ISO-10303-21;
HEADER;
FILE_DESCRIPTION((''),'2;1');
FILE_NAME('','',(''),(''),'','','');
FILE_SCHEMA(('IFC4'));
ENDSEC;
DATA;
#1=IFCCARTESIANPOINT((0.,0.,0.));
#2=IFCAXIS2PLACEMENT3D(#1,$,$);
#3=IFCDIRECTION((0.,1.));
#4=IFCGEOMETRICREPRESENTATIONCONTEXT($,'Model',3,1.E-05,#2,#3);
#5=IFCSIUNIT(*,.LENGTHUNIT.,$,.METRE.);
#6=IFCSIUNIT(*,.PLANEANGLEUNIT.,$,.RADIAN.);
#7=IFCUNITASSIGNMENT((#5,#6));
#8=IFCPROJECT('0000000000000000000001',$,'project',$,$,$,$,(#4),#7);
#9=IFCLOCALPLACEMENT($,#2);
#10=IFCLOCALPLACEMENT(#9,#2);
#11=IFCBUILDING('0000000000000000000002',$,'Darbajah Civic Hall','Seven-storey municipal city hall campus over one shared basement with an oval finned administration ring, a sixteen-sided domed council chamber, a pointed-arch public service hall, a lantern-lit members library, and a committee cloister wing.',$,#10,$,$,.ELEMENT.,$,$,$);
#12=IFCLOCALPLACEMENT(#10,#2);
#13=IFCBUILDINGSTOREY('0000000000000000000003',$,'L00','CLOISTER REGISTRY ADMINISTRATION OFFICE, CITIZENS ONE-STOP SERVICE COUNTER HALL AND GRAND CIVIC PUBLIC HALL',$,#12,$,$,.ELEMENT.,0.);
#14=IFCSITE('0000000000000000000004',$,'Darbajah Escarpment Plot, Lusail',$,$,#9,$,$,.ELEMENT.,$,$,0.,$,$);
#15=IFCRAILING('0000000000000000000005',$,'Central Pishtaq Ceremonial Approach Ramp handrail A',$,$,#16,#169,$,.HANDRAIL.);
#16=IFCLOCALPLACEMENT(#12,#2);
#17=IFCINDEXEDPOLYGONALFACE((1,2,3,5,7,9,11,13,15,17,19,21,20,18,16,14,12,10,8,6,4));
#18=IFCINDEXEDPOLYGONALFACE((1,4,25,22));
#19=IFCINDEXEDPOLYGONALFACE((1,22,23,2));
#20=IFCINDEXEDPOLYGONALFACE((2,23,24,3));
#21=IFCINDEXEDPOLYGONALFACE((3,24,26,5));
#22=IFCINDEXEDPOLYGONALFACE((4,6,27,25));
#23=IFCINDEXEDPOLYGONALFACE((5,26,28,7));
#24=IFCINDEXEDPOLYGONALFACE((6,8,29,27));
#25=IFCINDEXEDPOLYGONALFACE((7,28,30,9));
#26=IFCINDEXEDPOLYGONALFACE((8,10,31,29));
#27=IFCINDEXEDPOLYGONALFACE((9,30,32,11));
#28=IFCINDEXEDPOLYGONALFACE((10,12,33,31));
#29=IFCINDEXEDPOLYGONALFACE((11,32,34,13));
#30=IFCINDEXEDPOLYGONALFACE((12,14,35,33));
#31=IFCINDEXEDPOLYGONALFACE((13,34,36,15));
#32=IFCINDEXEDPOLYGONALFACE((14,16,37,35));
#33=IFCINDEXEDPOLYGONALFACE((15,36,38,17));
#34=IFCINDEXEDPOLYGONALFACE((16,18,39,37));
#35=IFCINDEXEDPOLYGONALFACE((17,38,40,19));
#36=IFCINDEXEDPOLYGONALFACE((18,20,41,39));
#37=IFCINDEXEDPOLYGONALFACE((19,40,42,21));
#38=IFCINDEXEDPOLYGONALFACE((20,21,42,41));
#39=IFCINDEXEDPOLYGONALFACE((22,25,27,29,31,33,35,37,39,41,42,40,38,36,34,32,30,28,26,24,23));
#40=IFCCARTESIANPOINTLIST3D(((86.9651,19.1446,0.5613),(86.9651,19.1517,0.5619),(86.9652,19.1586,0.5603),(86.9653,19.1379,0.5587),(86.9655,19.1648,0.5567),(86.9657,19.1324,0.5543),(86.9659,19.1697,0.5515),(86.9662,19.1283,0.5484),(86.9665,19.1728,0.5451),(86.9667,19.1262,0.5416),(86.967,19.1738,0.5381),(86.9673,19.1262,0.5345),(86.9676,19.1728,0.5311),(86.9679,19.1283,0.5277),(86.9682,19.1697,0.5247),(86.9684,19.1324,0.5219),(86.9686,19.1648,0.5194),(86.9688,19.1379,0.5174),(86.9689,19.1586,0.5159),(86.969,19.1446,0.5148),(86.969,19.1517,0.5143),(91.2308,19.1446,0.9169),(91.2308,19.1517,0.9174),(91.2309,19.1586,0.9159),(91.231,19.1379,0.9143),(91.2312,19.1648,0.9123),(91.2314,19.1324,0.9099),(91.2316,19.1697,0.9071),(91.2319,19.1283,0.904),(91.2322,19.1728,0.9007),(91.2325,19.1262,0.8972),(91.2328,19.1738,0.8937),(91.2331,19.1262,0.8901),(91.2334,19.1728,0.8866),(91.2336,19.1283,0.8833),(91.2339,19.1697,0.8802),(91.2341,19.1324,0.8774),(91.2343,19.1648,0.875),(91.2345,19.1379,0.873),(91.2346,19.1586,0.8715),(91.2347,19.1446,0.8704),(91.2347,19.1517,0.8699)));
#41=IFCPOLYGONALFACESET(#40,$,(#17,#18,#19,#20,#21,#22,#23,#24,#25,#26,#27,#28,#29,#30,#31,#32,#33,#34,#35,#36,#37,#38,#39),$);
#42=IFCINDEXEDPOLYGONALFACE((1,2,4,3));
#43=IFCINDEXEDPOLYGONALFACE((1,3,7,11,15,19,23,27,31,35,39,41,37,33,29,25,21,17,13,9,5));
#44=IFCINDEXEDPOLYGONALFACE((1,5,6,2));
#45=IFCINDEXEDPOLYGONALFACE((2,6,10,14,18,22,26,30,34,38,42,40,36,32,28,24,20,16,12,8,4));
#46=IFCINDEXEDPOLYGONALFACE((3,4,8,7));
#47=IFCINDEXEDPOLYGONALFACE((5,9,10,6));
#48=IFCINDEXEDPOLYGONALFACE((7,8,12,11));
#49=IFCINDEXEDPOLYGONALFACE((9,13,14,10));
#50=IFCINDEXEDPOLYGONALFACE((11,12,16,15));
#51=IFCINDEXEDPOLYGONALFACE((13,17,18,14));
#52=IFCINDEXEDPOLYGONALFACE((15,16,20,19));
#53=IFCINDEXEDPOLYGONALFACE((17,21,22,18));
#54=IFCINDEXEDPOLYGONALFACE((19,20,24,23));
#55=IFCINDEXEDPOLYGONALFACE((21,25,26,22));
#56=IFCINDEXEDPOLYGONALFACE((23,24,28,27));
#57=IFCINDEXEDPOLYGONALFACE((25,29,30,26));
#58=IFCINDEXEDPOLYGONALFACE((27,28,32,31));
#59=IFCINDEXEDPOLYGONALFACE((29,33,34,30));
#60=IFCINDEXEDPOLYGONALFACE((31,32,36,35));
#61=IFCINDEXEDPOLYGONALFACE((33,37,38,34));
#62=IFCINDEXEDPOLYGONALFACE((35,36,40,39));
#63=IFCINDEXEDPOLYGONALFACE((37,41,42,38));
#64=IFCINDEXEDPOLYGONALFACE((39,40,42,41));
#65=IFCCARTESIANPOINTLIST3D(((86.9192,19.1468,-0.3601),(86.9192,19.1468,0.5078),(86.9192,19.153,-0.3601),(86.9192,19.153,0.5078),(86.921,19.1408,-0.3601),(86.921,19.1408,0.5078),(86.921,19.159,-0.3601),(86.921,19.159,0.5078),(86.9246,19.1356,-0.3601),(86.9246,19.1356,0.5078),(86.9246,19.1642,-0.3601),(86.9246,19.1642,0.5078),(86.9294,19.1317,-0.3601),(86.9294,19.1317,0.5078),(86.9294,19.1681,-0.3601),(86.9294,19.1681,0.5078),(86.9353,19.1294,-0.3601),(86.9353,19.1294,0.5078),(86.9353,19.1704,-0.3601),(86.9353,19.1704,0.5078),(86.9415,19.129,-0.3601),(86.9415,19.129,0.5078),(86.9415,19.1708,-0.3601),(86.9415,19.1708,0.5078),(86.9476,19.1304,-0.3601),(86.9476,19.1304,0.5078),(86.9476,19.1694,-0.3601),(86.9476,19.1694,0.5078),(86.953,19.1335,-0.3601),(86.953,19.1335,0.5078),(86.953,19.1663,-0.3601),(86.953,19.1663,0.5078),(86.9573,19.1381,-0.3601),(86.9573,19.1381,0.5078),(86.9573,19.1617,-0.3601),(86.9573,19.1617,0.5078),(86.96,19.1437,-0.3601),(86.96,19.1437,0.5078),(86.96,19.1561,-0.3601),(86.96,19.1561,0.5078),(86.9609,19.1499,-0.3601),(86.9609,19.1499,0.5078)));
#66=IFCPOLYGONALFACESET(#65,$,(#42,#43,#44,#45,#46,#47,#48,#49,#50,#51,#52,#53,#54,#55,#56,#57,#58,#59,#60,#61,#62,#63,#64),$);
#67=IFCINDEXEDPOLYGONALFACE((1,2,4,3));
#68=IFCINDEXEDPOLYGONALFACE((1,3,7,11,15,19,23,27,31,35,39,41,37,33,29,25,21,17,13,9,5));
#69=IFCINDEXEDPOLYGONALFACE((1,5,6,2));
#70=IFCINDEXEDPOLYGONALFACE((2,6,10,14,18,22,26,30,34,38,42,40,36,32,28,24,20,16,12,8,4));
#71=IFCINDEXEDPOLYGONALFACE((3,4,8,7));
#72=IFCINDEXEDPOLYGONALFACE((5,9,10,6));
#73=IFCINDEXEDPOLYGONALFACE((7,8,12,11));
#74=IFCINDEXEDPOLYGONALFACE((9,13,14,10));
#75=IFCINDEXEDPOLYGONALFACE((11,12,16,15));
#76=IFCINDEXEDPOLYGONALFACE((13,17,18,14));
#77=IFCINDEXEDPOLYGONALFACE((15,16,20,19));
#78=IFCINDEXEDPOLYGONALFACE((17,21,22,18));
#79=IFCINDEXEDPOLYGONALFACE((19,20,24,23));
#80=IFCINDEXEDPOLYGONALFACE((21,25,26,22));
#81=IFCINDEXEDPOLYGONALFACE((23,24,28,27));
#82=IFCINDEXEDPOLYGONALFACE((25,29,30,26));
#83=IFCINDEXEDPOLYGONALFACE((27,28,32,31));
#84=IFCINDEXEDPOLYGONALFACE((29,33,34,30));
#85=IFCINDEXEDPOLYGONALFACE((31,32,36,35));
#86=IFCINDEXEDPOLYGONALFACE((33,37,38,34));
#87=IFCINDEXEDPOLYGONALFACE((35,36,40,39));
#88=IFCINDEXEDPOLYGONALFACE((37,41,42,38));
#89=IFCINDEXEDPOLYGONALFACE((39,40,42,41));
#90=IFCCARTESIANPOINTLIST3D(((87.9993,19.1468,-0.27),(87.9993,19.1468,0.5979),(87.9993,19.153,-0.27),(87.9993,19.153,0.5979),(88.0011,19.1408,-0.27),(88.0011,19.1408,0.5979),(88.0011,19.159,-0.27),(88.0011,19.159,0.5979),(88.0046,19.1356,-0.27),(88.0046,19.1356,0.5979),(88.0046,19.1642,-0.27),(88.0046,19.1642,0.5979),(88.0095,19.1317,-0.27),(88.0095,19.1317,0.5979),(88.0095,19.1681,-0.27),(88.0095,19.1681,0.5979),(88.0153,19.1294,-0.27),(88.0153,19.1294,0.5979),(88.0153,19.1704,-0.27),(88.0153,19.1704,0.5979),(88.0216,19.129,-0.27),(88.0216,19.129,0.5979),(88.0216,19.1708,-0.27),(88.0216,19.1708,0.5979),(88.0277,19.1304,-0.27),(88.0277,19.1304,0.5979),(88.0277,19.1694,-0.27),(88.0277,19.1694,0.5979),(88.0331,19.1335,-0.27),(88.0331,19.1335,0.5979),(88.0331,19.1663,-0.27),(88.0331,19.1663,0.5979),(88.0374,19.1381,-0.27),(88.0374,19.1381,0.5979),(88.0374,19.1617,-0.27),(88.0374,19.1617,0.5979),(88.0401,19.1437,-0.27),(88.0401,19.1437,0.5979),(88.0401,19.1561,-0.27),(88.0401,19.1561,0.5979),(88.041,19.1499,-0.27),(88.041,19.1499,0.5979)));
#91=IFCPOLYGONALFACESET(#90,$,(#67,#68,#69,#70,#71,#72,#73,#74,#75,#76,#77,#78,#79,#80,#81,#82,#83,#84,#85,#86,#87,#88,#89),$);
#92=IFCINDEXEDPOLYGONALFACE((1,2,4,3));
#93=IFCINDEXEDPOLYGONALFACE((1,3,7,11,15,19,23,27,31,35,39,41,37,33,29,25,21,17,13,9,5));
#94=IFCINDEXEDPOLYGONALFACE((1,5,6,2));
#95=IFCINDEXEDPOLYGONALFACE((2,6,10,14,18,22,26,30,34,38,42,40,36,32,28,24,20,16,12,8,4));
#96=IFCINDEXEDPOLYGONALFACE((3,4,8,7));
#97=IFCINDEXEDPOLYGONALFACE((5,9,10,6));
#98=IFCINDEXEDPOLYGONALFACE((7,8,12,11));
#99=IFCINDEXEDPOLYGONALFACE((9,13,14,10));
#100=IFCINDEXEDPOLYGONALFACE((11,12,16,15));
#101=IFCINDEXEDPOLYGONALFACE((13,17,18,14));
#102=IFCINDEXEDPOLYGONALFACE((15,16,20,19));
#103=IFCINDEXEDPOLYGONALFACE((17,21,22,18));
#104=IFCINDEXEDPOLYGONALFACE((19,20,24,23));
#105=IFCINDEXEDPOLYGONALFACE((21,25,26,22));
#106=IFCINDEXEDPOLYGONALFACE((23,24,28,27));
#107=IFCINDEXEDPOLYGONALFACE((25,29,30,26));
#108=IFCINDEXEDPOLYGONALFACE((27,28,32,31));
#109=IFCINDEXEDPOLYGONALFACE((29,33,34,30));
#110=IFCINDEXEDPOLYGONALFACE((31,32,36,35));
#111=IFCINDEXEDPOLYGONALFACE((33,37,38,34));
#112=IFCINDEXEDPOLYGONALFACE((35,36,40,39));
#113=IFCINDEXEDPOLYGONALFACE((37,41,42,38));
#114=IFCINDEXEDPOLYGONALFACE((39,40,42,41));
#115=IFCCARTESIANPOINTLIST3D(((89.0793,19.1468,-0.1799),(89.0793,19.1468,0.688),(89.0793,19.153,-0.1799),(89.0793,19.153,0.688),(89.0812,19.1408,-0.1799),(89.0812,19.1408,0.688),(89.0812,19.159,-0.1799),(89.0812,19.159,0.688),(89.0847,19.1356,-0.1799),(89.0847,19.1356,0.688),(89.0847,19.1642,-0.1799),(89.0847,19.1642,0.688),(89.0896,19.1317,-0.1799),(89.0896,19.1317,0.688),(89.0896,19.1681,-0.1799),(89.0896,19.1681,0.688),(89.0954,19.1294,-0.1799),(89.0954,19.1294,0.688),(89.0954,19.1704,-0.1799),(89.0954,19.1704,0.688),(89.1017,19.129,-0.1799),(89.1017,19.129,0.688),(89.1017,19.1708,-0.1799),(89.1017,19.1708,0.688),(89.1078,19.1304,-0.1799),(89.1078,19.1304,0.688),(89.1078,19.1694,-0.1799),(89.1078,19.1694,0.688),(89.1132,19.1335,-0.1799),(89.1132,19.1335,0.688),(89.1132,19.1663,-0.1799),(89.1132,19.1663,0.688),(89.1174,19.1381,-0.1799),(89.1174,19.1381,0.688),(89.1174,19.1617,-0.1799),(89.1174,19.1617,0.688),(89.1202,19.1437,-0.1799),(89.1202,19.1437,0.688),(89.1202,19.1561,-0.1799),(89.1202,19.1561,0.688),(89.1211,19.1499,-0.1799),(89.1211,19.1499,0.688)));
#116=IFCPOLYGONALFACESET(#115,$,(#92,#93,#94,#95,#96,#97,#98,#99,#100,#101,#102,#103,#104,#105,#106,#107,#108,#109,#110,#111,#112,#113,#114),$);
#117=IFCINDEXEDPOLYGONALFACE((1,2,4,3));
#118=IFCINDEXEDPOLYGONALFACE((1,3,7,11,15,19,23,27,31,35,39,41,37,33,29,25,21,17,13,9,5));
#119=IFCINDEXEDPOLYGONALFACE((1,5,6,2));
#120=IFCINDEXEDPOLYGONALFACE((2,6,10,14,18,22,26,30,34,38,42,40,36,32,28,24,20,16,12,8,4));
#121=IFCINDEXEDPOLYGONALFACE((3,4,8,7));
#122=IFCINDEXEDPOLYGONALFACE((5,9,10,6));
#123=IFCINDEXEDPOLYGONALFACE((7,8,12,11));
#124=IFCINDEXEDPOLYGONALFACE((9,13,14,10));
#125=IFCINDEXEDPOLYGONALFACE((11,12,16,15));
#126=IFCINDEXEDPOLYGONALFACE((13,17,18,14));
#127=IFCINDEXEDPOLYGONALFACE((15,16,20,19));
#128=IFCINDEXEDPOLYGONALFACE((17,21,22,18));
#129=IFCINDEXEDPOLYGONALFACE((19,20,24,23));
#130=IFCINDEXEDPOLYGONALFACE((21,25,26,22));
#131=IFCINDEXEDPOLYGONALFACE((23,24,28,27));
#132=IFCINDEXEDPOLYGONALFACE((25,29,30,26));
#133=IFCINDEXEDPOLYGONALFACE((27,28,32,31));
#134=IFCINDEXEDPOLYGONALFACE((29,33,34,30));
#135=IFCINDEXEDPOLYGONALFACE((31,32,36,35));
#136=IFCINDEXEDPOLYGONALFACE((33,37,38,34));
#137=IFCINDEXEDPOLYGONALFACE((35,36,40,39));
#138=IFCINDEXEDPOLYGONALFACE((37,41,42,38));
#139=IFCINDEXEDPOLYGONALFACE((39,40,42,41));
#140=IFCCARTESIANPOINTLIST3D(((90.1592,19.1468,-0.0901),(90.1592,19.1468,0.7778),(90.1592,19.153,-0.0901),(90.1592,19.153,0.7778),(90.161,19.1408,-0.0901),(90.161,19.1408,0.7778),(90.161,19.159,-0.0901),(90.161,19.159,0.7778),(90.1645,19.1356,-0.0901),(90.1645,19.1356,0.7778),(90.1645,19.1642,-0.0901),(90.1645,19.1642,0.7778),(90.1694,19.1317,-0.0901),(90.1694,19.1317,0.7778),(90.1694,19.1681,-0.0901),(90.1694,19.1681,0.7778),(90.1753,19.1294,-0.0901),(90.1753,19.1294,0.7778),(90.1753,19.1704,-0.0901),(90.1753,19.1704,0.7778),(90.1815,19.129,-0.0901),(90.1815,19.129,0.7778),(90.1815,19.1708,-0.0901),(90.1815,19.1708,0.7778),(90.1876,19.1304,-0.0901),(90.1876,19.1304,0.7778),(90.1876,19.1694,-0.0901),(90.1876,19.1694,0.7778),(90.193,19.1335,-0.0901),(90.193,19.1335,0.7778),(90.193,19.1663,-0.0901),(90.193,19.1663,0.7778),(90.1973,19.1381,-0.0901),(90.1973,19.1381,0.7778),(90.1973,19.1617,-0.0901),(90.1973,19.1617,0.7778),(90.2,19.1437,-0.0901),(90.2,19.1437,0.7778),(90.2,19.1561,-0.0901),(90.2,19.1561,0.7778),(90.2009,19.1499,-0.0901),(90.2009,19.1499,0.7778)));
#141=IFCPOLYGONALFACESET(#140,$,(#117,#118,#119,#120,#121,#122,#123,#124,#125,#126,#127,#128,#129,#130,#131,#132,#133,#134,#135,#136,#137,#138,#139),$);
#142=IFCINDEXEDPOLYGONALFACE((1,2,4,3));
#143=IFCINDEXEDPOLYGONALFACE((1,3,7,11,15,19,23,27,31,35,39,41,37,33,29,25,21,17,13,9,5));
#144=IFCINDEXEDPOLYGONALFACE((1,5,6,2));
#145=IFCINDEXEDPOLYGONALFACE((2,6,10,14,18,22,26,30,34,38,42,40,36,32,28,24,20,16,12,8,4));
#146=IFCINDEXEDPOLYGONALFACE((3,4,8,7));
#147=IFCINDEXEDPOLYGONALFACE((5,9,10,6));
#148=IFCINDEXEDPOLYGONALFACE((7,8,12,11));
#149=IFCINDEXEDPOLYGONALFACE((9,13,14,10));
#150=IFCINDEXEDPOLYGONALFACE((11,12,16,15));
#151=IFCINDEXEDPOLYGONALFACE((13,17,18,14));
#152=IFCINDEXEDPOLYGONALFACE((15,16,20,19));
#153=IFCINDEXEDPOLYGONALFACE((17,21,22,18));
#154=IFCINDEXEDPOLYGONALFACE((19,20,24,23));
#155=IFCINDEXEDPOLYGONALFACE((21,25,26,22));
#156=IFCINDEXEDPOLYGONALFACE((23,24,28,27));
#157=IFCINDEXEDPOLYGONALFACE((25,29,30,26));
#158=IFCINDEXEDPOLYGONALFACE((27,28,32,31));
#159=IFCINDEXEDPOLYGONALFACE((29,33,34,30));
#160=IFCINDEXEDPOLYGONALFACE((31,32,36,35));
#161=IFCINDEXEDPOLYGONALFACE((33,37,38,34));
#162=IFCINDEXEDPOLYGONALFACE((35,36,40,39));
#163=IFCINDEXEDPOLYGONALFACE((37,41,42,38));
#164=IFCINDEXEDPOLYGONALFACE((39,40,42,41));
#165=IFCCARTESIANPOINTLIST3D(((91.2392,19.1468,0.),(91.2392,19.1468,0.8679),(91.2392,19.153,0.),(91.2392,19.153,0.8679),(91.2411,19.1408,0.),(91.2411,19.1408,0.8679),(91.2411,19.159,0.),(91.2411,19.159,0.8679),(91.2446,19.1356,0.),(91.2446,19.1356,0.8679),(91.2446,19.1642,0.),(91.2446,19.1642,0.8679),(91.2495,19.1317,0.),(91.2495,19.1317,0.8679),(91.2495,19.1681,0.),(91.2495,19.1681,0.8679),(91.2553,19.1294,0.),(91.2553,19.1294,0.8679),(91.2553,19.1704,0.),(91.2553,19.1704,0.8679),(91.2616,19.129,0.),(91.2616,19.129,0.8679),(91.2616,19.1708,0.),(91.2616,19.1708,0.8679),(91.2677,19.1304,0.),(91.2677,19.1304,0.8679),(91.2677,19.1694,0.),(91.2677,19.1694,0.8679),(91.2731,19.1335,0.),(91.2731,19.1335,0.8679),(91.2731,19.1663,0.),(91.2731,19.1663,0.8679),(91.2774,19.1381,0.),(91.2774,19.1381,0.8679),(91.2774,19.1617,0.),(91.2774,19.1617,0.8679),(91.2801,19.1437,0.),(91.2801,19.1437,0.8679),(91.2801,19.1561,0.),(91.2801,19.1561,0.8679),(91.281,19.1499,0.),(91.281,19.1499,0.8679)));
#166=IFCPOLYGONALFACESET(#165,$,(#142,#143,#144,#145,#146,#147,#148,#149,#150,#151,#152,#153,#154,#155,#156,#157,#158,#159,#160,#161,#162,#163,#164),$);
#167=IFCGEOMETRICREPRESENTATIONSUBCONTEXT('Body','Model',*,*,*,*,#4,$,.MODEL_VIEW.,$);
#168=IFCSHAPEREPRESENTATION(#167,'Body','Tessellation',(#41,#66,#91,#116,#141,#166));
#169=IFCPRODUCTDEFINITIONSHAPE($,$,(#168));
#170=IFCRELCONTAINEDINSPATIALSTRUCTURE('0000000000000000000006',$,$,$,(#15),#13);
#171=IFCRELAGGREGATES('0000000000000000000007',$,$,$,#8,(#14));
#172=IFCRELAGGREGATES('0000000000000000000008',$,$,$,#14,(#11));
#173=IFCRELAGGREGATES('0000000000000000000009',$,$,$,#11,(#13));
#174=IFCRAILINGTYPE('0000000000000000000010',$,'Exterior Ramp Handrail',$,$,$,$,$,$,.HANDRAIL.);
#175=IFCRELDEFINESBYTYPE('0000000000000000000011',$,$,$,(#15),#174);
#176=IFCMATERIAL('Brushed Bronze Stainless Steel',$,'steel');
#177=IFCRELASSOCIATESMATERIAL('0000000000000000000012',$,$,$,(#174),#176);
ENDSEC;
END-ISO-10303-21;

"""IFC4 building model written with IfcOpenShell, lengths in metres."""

from ifc_helpers import new_model, si_unit, direction, frame, origin, origin_2d, place, context, subcontext, project, spatial, circle, extrude, material, type_object, element, save


model = new_model("IFC4")

# Units and contexts
model_context = context("Model", 3, precision=1e-05, world=origin(), true_north=direction((0.0, 1.0)))
body_context = subcontext(model_context, "Body", "Model", "MODEL_VIEW")
ifc_project = project(units=[si_unit("LENGTHUNIT", "METRE"), si_unit("PLANEANGLEUNIT", "RADIAN")], contexts=[model_context])

# Site, building, storey
site_placement = place(None, origin())
site = spatial("IfcSite", under=ifc_project, at=site_placement, Name="Darbajah Escarpment Plot, Lusail", CompositionType="ELEMENT", RefElevation=0.0)
building_placement = place(site_placement, origin())
building = spatial("IfcBuilding", under=site, at=building_placement, Name="Darbajah Civic Hall", Description="Seven-storey municipal city hall campus over one shared basement with an oval finned administration ring, a sixteen-sided domed council chamber, a pointed-arch public service hall, a lantern-lit members library, and a committee cloister wing.", CompositionType="ELEMENT")
storey_placement = place(building_placement, origin())
storey = spatial("IfcBuildingStorey", under=building, at=storey_placement, Name="L00", Description="CLOISTER REGISTRY ADMINISTRATION OFFICE, CITIZENS ONE-STOP SERVICE COUNTER HALL AND GRAND CIVIC PUBLIC HALL", CompositionType="ELEMENT", Elevation=0.0)

# Railing
ifc_material_1 = material(Name="Brushed Bronze Stainless Steel", Category="steel")
railing_type = type_object("IfcRailingType", Name="Exterior Ramp Handrail", PredefinedType="HANDRAIL", material=ifc_material_1)
for number, where, name in (
    (1, (86.9399, 19.1499, -0.3601), "Central Pishtaq Ceremonial Approach Ramp handrail A"),
):
    element("IfcRailing", number, at=place(storey_placement, frame(where)), inside=storey, type_object=railing_type, Name=name, PredefinedType="HANDRAIL", context=body_context, shape_type="SweptSolid", body=[
        extrude(circle(Radius=0.0239, at=origin_2d()), frame((0.0271, 0.0, 0.8982), z_axis=(0.996544, 0.0, 0.083069), x_axis=(0.0, 1.0, 0.0)), (0.0, 0.0, 1.0), 4.2805),
        extrude(circle(Radius=0.021, at=origin_2d()), origin(), (0.0, 0.0, 1.0), 0.8679),
        extrude(circle(Radius=0.021, at=origin_2d()), frame((1.0801, 0.0, 0.0901)), (0.0, 0.0, 1.0), 0.8679),
        extrude(circle(Radius=0.021, at=origin_2d()), frame((2.1602, 0.0, 0.1802)), (0.0, 0.0, 1.0), 0.8679),
        extrude(circle(Radius=0.021, at=origin_2d()), frame((3.24, 0.0, 0.27)), (0.0, 0.0, 1.0), 0.8679),
        extrude(circle(Radius=0.021, at=origin_2d()), frame((4.3201, 0.0, 0.3601)), (0.0, 0.0, 1.0), 0.8679),
    ])

save(model, "model.ifc")
